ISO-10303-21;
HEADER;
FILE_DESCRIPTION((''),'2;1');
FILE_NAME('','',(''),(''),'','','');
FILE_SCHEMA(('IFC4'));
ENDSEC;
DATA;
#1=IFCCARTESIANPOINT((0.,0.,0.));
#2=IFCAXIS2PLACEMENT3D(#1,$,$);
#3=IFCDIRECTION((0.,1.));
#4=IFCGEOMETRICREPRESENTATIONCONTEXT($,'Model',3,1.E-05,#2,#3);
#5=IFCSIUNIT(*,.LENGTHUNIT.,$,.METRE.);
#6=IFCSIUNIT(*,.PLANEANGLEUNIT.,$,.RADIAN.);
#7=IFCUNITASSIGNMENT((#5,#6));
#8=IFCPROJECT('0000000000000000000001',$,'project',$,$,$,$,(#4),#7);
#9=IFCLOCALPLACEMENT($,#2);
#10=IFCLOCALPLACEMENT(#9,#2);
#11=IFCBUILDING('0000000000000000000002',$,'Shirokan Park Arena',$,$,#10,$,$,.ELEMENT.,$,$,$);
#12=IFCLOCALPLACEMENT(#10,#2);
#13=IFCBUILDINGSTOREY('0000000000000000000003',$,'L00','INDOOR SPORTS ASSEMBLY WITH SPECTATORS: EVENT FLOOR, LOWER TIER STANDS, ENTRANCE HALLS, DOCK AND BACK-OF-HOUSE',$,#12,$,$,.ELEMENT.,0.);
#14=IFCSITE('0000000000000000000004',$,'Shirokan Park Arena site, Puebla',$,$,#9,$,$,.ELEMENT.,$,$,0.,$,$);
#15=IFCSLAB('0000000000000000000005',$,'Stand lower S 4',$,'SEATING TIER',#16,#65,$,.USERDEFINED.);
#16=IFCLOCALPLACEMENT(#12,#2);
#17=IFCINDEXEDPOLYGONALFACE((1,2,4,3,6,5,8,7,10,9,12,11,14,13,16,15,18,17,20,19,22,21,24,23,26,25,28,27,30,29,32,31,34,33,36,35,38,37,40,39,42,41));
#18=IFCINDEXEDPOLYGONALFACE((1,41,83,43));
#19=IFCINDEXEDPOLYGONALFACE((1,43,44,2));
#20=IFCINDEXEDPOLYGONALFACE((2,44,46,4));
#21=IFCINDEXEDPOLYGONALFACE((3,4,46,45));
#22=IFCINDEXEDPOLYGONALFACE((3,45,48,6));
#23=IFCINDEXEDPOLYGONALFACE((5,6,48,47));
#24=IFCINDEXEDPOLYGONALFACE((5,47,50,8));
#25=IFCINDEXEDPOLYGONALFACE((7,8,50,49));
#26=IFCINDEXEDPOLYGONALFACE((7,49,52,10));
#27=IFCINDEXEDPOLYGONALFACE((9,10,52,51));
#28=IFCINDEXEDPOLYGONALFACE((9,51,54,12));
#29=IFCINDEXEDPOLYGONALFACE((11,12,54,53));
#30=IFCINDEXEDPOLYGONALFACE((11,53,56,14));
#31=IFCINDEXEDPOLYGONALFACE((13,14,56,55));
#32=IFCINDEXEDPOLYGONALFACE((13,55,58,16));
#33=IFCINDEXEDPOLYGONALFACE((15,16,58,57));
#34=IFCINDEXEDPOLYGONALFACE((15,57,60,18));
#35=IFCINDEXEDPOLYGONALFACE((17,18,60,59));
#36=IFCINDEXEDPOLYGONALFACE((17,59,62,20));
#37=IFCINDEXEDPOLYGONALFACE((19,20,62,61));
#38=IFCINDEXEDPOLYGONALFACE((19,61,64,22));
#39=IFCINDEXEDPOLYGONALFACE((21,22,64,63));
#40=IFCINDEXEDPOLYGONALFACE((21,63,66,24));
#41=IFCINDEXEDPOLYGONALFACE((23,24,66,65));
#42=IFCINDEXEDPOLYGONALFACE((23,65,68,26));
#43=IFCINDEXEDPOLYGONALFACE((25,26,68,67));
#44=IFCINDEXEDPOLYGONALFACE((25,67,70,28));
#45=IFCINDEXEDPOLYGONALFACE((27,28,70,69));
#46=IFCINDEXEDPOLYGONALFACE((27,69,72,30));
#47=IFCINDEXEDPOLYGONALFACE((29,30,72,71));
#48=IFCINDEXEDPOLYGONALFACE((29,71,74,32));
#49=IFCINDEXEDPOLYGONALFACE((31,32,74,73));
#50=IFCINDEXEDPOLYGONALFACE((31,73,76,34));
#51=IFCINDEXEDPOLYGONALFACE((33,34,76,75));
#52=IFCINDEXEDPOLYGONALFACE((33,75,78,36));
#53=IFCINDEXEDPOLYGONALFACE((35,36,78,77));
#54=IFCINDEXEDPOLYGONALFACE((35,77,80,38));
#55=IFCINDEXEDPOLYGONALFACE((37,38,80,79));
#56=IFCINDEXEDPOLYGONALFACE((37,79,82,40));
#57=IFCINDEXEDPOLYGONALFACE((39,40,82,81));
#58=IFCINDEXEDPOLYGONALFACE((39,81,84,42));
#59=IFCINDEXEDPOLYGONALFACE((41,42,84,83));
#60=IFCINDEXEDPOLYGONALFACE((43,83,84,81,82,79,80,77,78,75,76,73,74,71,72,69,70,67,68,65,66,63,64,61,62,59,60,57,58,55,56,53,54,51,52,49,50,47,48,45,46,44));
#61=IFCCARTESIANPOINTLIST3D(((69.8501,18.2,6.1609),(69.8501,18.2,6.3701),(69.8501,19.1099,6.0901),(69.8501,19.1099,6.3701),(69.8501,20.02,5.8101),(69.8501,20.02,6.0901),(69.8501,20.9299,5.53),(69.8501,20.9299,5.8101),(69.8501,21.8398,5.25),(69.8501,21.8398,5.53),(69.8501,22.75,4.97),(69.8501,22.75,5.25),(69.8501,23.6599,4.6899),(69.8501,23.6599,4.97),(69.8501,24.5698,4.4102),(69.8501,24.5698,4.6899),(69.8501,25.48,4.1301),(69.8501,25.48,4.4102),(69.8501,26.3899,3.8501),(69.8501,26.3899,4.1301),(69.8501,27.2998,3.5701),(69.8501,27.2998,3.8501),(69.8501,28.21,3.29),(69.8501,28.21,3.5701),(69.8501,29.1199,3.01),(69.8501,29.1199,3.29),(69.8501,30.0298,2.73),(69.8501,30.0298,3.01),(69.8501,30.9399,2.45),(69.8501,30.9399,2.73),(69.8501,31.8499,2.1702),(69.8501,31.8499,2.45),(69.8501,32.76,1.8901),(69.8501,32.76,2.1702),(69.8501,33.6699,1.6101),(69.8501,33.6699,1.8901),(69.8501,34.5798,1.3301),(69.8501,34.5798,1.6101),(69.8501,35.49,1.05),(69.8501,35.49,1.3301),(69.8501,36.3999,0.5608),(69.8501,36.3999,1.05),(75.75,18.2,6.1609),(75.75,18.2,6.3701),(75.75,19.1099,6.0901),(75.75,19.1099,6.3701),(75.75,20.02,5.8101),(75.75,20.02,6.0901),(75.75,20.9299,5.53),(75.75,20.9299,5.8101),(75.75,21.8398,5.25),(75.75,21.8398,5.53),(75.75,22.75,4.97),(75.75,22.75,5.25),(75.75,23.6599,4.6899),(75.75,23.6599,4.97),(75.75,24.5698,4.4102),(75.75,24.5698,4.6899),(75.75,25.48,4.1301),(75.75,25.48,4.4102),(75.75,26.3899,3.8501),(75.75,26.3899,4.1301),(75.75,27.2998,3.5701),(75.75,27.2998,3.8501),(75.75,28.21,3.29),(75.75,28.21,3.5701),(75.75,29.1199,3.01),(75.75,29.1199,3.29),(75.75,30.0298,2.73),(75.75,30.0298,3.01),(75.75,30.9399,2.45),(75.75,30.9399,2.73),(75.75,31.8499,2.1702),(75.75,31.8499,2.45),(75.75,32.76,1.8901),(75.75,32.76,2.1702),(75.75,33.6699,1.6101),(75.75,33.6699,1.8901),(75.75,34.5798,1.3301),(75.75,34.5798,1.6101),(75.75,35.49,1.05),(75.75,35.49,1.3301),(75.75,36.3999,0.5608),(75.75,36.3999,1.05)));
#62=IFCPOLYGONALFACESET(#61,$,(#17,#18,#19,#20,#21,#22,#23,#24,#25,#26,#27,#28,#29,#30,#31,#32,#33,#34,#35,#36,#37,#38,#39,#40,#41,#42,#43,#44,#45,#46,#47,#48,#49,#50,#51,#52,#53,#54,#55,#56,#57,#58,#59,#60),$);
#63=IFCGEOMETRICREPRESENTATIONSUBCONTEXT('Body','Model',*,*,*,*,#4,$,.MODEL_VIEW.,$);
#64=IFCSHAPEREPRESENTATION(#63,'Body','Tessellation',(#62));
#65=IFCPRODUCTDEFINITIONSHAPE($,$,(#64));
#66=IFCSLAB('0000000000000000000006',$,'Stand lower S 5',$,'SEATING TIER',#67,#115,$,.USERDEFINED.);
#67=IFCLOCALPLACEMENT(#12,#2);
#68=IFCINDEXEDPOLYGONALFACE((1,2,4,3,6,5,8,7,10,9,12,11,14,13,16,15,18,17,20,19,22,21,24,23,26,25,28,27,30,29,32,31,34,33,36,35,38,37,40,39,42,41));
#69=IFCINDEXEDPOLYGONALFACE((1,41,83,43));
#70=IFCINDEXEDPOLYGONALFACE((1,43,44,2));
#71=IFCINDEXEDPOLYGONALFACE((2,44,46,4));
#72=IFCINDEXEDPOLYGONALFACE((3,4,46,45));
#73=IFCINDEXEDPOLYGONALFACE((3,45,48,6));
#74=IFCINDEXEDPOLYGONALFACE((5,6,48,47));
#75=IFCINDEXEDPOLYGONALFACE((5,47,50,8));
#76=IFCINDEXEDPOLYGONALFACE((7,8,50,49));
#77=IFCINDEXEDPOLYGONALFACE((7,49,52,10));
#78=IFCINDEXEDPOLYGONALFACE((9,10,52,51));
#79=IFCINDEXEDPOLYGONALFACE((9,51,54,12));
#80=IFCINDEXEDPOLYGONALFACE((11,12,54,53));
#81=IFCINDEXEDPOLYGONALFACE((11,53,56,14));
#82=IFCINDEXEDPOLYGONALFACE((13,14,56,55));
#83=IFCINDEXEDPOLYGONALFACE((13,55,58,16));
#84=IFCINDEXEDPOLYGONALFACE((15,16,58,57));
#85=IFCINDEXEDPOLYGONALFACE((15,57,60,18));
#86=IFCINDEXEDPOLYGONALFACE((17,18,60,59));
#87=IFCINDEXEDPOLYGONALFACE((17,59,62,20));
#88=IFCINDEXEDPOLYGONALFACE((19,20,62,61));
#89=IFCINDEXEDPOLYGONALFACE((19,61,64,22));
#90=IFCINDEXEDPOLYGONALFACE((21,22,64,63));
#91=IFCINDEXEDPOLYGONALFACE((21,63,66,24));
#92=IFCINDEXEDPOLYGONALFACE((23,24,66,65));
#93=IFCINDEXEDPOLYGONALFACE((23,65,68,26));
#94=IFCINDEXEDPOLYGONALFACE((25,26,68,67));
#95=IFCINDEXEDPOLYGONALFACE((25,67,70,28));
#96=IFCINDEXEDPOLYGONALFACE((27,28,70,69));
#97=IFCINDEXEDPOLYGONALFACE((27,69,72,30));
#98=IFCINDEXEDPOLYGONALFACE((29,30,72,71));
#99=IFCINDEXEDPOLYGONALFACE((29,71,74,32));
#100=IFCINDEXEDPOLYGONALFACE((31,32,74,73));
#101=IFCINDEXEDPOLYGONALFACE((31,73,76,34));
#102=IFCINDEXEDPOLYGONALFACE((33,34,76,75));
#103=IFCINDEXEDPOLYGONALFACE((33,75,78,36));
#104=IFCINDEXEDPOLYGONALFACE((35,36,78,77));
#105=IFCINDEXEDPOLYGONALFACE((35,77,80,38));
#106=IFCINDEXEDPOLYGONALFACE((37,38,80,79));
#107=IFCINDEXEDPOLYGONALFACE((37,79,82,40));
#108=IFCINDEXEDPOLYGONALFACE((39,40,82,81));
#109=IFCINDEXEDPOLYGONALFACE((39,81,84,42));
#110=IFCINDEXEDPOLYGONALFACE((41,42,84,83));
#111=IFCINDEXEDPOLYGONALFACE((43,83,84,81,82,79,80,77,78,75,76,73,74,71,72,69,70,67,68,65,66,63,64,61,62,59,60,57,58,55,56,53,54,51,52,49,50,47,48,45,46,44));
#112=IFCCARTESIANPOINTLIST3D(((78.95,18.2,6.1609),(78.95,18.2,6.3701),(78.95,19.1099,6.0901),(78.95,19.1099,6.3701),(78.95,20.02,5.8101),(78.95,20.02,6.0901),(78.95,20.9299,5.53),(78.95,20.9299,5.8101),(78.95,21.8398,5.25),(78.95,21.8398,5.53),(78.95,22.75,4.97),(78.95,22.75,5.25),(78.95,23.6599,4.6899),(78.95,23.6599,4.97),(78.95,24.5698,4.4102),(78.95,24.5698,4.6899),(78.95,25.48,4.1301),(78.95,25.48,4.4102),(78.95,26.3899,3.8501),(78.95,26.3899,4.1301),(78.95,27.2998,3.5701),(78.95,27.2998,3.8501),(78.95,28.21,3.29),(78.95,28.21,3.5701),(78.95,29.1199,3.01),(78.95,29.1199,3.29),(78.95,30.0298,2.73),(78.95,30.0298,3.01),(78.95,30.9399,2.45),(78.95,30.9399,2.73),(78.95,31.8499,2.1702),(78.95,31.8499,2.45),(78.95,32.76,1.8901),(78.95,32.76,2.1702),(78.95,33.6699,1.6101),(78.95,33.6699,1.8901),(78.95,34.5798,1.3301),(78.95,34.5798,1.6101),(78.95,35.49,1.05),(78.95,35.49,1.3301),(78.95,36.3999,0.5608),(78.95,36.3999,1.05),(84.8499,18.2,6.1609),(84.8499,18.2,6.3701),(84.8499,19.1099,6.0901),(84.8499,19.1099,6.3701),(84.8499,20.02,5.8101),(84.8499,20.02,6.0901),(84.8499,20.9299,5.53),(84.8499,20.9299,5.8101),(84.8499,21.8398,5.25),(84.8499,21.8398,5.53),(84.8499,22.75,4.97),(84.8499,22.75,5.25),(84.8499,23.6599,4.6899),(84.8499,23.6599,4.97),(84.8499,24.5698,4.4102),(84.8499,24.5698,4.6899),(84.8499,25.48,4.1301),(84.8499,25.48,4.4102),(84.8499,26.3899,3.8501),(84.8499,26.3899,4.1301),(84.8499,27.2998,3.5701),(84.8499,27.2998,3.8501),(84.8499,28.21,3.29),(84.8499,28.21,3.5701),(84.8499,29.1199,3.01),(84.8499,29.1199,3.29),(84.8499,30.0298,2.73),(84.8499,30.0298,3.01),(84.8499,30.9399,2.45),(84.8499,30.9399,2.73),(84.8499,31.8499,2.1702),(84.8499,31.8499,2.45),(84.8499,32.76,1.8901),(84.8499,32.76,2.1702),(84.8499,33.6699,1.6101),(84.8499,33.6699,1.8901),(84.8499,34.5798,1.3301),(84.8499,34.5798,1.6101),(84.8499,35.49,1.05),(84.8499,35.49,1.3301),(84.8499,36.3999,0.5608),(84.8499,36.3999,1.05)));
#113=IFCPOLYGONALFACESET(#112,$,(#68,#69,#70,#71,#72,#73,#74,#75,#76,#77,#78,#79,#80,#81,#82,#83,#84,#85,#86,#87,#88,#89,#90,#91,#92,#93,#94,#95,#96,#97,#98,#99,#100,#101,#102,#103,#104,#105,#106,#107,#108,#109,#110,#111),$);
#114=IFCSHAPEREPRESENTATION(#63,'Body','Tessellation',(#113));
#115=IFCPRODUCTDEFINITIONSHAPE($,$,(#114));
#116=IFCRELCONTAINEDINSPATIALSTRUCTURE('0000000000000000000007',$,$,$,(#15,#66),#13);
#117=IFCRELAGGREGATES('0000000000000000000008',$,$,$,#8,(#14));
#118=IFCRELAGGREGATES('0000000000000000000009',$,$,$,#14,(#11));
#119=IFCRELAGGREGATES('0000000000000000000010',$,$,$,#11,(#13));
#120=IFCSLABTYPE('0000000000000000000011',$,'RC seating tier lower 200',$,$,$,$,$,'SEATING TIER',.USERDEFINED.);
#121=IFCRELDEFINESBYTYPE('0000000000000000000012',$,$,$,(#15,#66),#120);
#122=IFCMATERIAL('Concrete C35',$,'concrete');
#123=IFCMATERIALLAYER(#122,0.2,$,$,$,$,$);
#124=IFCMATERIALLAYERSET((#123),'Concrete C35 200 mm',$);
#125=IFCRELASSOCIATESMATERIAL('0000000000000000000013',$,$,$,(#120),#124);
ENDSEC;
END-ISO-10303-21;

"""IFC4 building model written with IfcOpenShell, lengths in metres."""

from ifc_helpers import new_model, si_unit, direction, frame, origin, place, context, subcontext, project, spatial, polyline, outline, extrude, material, layer, layer_set, type_object, element, save


model = new_model("IFC4")

# Units and contexts
model_context = context("Model", 3, precision=1e-05, world=origin(), true_north=direction((0.0, 1.0)))
body_context = subcontext(model_context, "Body", "Model", "MODEL_VIEW")
ifc_project = project(units=[si_unit("LENGTHUNIT", "METRE"), si_unit("PLANEANGLEUNIT", "RADIAN")], contexts=[model_context])

# Site, building, storey
site_placement = place(None, origin())
site = spatial("IfcSite", under=ifc_project, at=site_placement, Name="Shirokan Park Arena site, Puebla", CompositionType="ELEMENT", RefElevation=0.0)
building_placement = place(site_placement, origin())
building = spatial("IfcBuilding", under=site, at=building_placement, Name="Shirokan Park Arena", CompositionType="ELEMENT")
storey_placement = place(building_placement, origin())
storey = spatial("IfcBuildingStorey", under=building, at=storey_placement, Name="L00", Description="INDOOR SPORTS ASSEMBLY WITH SPECTATORS: EVENT FLOOR, LOWER TIER STANDS, ENTRANCE HALLS, DOCK AND BACK-OF-HOUSE", CompositionType="ELEMENT", Elevation=0.0)

# Shared definitions
ifc_material_1 = material(Name="Concrete C35", Category="concrete")

# Slabs
ifc_layer = layer(ifc_material_1, 0.2)
ifc_layer_set = layer_set([ifc_layer], Name="Concrete C35 200 mm")
slab_type = type_object("IfcSlabType", Name="RC seating tier lower 200", ElementType="SEATING TIER", PredefinedType="USERDEFINED", material=ifc_layer_set)
for number, where, z_axis, x_axis, name in (
    (1, (72.8, 36.3999, 1.05), (0.0, 0.0, 1.0), (0.0, -1.0, 0.0), "Stand lower S 4"),
    (2, (81.8999, 36.3999, 1.05), (0.0, 0.0, 1.0), (0.0, -1.0, 0.0), "Stand lower S 5"),
):
    element("IfcSlab", number, at=place(storey_placement, frame(where, z_axis=z_axis, x_axis=x_axis)), inside=storey, type_object=slab_type, Name=name, ObjectType="SEATING TIER", PredefinedType="USERDEFINED", context=body_context, shape_type="SweptSolid", body=[
        extrude(outline(polyline([(0.0, 0.0), (0.9099, 0.0), (0.9099, 0.28), (1.8201, 0.28), (1.8201, 0.5601), (2.73, 0.5601), (2.73, 0.8401), (3.6399, 0.8401), (3.6399, 1.1201), (4.55, 1.1201), (4.55, 1.3999), (5.46, 1.3999), (5.46, 1.6799), (6.3701, 1.6799), (6.3701, 1.96), (7.28, 1.96), (7.28, 2.24), (8.1899, 2.24), (8.1899, 2.52), (9.1001, 2.52), (9.1001, 2.8), (10.01, 2.8), (10.01, 3.0801), (10.9199, 3.0801), (10.9199, 3.3601), (11.8301, 3.3601), (11.8301, 3.6399), (12.74, 3.6399), (12.74, 3.9199), (13.6499, 3.9199), (13.6499, 4.2), (14.5601, 4.2), (14.5601, 4.48), (15.47, 4.48), (15.47, 4.76), (16.3799, 4.76), (16.3799, 5.04), (17.29, 5.04), (17.29, 5.3201), (18.2, 5.3201), (18.2, 5.1108), (0.0, -0.4893), (0.0, 0.0)])), frame((0.0, 2.95, 0.0), z_axis=(0.0, -1.0, 0.0), x_axis=(1.0, 0.0, 0.0)), (0.0, 0.0, 1.0), 5.8999),
    ])

save(model, "model.ifc")
